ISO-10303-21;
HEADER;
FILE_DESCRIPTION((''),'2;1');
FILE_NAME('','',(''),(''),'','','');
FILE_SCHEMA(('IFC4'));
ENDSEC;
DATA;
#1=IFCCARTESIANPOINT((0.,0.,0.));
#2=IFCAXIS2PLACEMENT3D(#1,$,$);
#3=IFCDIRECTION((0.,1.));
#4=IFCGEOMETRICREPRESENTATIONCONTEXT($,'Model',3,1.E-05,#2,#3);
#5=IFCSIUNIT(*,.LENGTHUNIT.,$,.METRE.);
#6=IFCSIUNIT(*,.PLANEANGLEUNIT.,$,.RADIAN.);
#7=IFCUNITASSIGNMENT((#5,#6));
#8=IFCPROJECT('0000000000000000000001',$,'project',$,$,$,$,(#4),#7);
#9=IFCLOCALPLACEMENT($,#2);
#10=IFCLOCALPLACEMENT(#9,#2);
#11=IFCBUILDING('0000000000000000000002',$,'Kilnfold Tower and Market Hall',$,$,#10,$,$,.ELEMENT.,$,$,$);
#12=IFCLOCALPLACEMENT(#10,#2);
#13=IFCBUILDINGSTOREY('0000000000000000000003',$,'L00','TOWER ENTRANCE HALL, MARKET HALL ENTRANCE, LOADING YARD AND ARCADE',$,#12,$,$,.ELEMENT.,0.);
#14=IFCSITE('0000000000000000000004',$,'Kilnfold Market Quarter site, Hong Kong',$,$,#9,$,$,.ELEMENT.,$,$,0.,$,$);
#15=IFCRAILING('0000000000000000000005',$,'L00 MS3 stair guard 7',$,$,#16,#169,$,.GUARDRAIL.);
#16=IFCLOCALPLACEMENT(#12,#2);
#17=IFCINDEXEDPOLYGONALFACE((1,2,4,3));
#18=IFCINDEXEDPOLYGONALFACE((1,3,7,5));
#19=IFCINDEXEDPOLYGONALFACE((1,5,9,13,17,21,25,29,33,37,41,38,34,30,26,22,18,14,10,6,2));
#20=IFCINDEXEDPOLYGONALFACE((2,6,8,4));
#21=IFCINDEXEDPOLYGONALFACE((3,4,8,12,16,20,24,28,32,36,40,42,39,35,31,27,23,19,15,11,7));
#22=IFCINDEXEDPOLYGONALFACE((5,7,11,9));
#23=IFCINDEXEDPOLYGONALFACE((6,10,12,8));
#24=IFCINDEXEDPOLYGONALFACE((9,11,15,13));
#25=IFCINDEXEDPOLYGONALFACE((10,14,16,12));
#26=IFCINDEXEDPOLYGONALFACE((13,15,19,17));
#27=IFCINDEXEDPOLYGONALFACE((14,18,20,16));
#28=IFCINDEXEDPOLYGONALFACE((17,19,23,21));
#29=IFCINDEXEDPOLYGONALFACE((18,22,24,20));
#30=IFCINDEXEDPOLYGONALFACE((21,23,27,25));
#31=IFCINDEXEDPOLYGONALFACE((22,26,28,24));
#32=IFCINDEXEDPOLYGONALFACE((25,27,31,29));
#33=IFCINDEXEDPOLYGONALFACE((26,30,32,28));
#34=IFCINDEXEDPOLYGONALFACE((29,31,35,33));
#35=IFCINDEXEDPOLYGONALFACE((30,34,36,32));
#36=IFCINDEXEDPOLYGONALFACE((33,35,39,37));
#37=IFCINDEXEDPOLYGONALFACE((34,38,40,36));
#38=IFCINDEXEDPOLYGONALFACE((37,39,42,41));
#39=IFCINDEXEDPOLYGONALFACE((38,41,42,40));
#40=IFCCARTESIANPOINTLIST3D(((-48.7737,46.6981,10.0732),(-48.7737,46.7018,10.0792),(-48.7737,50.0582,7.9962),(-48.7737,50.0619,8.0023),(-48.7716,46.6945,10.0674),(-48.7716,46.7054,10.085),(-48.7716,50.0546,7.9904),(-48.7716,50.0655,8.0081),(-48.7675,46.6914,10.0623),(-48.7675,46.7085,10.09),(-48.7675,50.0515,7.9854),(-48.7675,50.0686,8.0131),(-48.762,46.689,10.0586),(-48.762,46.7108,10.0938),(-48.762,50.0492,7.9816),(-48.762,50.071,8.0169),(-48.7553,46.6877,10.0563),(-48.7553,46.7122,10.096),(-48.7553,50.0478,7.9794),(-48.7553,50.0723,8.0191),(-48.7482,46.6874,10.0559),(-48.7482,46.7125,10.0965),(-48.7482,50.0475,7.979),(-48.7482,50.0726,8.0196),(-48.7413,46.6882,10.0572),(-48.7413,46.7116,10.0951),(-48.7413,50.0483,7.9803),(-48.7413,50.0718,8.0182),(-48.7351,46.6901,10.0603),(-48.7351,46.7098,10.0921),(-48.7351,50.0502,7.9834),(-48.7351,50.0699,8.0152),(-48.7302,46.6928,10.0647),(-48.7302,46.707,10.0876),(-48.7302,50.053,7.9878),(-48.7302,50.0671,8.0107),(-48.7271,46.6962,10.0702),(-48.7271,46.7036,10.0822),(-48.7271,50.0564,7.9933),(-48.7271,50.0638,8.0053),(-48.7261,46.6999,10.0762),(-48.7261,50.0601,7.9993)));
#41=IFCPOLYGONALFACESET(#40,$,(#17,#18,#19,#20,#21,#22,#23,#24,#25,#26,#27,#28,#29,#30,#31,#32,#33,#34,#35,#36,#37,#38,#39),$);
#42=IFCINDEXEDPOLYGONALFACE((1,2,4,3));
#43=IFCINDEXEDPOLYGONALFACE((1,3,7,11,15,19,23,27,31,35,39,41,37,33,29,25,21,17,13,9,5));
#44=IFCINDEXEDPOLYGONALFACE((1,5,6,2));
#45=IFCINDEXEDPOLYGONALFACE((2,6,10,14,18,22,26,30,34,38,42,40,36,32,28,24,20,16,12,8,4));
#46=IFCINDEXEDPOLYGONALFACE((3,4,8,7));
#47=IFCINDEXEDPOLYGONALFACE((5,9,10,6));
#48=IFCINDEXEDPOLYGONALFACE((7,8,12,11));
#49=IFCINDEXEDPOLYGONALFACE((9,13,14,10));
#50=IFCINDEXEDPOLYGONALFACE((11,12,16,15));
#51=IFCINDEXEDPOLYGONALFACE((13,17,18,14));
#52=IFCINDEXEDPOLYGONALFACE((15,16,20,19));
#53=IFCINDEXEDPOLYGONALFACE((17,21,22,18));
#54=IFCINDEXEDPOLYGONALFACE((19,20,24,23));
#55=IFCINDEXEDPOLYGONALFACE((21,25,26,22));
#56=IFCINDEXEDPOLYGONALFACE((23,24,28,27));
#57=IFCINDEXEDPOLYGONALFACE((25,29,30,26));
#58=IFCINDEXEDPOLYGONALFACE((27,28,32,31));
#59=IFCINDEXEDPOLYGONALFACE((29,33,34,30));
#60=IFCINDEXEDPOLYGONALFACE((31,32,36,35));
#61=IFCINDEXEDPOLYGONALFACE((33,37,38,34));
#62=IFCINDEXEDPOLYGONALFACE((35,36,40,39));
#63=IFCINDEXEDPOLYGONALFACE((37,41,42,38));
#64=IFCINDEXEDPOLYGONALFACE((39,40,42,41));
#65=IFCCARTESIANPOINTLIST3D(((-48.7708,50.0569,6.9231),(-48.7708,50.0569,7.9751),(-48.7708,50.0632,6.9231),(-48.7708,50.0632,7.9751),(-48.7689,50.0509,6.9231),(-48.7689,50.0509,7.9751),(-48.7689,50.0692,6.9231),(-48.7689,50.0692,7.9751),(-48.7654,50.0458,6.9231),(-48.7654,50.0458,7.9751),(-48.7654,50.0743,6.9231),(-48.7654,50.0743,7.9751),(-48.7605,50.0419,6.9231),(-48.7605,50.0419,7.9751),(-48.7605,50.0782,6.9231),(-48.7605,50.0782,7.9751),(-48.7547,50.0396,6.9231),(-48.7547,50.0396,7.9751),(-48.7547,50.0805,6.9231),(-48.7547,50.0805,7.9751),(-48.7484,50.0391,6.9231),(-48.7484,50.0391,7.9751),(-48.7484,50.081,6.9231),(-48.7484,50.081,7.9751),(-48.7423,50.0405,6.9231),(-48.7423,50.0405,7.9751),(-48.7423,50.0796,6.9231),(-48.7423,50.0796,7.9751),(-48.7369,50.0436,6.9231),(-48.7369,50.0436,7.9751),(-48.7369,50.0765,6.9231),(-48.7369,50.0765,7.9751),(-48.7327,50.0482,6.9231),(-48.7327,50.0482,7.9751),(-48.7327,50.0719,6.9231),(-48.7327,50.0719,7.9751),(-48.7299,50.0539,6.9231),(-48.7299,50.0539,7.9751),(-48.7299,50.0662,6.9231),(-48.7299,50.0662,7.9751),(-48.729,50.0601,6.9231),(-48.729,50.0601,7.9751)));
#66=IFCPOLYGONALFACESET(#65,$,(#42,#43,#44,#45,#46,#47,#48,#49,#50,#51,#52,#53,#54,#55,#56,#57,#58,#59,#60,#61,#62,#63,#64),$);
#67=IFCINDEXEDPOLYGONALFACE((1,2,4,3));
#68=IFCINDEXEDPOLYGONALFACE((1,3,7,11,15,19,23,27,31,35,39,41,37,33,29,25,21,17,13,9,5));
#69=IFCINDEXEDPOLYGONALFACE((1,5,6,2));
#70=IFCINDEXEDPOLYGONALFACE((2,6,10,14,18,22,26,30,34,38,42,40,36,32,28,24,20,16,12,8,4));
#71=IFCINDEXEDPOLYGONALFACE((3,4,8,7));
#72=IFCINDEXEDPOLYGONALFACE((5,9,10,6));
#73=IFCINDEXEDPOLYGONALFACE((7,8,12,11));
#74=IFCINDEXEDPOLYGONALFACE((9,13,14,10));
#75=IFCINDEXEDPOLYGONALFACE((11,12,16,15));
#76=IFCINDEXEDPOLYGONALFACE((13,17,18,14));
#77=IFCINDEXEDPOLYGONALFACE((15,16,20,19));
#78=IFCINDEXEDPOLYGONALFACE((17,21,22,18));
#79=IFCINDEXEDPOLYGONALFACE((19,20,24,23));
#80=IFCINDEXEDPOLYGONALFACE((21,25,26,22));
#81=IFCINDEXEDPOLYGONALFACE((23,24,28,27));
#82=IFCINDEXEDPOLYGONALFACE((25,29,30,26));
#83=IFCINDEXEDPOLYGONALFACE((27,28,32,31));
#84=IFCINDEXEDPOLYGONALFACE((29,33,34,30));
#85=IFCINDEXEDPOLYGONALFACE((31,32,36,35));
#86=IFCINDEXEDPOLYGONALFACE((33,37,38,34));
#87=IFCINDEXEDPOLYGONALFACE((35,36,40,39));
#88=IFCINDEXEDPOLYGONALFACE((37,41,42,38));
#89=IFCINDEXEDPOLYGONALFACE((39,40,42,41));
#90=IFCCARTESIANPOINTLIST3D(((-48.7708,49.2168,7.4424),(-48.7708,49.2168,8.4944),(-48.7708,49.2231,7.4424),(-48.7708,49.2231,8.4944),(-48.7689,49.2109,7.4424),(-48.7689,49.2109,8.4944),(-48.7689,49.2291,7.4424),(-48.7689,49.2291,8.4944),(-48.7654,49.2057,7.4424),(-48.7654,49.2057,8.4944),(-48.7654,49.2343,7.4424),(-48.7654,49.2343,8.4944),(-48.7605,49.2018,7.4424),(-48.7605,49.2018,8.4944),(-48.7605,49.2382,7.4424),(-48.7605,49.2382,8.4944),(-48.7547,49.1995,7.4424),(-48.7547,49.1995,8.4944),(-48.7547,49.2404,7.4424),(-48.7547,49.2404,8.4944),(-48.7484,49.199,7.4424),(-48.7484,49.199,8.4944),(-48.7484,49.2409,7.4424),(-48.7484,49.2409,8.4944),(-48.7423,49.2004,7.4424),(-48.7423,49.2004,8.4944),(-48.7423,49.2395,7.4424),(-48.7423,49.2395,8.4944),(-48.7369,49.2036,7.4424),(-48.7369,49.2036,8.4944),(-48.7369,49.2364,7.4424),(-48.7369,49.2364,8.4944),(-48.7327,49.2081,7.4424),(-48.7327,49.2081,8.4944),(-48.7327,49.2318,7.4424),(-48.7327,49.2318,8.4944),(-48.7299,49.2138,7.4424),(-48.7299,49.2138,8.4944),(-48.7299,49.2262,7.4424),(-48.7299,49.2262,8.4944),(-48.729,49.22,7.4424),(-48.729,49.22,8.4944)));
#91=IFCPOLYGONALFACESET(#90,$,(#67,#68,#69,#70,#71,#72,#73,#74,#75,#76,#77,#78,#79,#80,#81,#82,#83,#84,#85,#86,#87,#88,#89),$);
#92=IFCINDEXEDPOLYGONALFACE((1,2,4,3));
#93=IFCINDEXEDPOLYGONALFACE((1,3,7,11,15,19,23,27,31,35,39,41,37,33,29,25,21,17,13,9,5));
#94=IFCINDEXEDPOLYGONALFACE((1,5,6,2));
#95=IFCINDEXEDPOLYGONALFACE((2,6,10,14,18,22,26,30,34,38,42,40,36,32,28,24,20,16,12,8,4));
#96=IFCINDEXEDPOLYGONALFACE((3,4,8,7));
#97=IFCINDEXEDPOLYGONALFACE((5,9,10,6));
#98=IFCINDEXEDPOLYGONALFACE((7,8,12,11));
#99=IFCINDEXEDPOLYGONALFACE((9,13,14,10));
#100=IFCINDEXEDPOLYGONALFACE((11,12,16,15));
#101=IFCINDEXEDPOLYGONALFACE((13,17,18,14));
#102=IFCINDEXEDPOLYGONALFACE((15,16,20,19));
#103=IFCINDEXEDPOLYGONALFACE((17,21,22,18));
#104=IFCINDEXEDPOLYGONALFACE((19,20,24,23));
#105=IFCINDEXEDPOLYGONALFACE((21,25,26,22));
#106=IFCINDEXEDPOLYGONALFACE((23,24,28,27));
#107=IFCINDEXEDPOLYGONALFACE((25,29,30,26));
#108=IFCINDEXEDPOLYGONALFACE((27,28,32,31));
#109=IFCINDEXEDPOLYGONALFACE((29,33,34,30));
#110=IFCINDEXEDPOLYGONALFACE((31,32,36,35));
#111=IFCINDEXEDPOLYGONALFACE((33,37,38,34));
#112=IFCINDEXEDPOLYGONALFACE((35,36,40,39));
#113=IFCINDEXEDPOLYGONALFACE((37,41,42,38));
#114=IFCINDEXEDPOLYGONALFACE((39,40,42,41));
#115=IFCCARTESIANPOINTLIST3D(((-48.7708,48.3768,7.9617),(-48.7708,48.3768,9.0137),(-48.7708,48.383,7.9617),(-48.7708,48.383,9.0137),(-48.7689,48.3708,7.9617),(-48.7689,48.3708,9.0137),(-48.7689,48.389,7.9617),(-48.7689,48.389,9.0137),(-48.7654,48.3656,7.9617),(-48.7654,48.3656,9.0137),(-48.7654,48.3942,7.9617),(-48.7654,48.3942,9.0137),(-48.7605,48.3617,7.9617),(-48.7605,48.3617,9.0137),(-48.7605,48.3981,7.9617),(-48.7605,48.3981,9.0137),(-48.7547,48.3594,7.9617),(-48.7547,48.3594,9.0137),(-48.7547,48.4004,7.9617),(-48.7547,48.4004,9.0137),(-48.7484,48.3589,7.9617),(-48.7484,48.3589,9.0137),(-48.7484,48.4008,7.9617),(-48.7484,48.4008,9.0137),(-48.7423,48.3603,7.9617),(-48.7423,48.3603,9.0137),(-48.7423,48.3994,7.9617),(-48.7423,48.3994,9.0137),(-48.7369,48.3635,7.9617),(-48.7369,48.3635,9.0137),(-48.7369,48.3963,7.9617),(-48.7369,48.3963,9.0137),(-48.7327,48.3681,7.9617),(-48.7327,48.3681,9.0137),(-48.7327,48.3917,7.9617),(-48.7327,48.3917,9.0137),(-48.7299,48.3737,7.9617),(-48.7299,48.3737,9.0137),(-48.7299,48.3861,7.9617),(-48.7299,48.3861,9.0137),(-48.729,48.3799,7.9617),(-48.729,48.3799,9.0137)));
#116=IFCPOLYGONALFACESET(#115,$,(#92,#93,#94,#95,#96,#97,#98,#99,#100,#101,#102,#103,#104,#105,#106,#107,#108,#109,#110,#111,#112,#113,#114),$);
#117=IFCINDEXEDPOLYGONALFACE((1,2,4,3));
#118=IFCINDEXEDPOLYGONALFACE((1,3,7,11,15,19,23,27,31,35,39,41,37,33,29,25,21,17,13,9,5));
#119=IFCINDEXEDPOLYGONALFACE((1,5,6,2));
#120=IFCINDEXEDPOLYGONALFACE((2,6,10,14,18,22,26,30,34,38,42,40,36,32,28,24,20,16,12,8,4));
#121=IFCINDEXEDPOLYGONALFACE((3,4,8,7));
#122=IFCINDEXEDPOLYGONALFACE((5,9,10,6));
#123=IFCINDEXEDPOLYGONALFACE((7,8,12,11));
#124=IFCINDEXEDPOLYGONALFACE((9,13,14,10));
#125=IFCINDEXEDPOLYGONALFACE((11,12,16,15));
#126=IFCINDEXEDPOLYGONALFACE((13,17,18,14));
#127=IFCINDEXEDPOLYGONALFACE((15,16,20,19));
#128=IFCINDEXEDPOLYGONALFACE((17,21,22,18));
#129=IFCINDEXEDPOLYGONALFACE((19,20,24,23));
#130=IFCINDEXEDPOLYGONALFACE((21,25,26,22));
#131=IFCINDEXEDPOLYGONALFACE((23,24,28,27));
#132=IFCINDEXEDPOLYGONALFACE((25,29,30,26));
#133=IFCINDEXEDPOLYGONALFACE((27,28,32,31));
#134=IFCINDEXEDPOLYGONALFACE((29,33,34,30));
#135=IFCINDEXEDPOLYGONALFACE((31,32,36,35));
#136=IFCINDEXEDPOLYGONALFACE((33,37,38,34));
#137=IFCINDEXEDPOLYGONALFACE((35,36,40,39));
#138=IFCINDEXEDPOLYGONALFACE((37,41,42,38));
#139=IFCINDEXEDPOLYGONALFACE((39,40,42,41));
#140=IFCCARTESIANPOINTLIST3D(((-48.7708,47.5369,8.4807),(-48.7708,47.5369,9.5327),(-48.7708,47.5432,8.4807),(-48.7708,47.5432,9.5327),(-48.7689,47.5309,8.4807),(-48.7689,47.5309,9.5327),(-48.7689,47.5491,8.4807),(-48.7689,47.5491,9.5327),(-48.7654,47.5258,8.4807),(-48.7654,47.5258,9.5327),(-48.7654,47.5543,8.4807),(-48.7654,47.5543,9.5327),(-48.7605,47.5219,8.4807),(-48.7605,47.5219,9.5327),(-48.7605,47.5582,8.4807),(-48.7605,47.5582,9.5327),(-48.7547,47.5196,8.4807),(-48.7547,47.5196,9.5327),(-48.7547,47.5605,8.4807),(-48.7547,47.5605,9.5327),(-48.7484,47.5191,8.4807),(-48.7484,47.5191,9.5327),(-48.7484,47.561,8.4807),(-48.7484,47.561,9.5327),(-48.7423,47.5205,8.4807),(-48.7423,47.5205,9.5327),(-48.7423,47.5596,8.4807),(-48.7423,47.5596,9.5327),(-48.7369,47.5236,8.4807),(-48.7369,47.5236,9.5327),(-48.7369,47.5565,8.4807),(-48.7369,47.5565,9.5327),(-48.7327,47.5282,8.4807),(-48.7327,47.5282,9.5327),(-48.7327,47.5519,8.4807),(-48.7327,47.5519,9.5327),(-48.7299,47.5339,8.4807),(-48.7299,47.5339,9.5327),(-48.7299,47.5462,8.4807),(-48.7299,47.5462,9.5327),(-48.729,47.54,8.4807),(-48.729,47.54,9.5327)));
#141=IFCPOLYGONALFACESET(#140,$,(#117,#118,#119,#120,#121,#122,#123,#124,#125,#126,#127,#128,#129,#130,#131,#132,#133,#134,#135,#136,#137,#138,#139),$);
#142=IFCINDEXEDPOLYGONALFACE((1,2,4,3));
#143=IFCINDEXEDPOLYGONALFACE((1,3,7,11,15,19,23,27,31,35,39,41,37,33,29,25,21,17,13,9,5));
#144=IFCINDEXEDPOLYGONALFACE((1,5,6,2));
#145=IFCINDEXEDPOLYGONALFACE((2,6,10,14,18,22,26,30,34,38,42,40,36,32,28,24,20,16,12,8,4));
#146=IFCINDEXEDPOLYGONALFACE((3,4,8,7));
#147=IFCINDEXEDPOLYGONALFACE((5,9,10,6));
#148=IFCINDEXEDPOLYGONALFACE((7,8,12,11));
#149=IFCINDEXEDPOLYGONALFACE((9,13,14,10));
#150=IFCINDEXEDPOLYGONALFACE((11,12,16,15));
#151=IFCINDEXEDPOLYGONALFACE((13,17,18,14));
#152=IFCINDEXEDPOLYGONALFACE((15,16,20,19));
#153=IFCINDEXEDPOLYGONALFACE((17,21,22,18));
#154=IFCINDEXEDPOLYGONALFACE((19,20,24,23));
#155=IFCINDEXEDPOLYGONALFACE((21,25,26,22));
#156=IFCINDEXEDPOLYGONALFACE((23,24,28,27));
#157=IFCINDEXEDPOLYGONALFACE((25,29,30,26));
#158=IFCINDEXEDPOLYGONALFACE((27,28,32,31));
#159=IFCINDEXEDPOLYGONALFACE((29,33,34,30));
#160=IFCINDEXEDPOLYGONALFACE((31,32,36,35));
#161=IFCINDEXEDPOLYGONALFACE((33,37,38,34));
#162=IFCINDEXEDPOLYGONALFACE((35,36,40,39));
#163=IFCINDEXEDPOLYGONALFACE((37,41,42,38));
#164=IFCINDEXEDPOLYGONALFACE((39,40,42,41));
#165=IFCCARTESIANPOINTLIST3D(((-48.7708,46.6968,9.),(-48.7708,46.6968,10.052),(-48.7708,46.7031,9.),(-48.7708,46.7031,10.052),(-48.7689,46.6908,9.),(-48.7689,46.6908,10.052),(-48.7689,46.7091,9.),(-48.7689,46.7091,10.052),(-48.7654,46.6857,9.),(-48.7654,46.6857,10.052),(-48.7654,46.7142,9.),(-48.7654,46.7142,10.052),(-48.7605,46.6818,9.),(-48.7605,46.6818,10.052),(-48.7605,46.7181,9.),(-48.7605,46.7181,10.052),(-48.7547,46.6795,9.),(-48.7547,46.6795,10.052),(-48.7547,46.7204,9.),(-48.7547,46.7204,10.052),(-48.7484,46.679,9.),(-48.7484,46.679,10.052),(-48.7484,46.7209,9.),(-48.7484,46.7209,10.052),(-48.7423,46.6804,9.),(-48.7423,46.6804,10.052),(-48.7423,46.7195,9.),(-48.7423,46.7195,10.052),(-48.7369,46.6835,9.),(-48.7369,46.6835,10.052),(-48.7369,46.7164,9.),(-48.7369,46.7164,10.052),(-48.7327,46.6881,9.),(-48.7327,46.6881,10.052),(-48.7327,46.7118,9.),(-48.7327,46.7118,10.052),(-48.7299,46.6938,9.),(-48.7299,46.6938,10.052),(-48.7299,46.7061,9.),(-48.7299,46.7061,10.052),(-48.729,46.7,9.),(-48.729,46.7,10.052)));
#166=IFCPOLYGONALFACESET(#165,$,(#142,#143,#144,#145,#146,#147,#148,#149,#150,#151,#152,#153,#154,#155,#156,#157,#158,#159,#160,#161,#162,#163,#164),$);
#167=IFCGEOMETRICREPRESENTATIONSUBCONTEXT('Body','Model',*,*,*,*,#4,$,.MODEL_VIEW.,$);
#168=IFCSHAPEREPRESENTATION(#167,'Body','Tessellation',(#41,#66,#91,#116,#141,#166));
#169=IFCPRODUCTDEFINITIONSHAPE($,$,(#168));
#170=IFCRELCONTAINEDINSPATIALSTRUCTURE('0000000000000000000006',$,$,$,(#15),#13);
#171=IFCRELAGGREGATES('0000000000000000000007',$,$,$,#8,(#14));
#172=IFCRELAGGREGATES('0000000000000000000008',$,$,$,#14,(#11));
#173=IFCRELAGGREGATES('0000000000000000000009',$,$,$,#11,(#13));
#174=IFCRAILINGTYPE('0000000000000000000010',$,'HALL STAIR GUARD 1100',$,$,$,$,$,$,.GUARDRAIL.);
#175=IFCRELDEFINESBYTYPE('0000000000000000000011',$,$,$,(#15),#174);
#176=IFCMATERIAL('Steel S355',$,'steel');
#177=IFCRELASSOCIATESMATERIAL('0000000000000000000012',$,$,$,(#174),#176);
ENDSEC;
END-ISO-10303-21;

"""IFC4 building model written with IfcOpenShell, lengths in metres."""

from ifc_helpers import new_model, si_unit, direction, frame, origin, origin_2d, place, context, subcontext, project, spatial, circle, extrude, material, type_object, element, save


model = new_model("IFC4")

# Units and contexts
model_context = context("Model", 3, precision=1e-05, world=origin(), true_north=direction((0.0, 1.0)))
body_context = subcontext(model_context, "Body", "Model", "MODEL_VIEW")
ifc_project = project(units=[si_unit("LENGTHUNIT", "METRE"), si_unit("PLANEANGLEUNIT", "RADIAN")], contexts=[model_context])

# Site, building, storey
site_placement = place(None, origin())
site = spatial("IfcSite", under=ifc_project, at=site_placement, Name="Kilnfold Market Quarter site, Hong Kong", CompositionType="ELEMENT", RefElevation=0.0)
building_placement = place(site_placement, origin())
building = spatial("IfcBuilding", under=site, at=building_placement, Name="Kilnfold Tower and Market Hall", CompositionType="ELEMENT")
storey_placement = place(building_placement, origin())
storey = spatial("IfcBuildingStorey", under=building, at=storey_placement, Name="L00", Description="TOWER ENTRANCE HALL, MARKET HALL ENTRANCE, LOADING YARD AND ARCADE", CompositionType="ELEMENT", Elevation=0.0)

# Railing
ifc_material_1 = material(Name="Steel S355", Category="steel")
railing_type_1 = type_object("IfcRailingType", Name="HALL STAIR GUARD 1100", PredefinedType="GUARDRAIL", material=ifc_material_1)
railing_1_placement = place(storey_placement, frame((-48.75, 50.0601, 6.9231)))
element("IfcRailing", 1, at=railing_1_placement, inside=storey, type_object=railing_type_1, Name="L00 MS3 stair guard 7", PredefinedType="GUARDRAIL", context=body_context, shape_type="SweptSolid", body=[
    extrude(circle(Radius=0.0239, at=origin_2d()), frame((0.0, 0.0, 1.0762), z_axis=(0.0, -0.850623, 0.525776), x_axis=(1.0, 0.0, 0.0)), (0.0, 0.0, 1.0), 3.9502),
    extrude(circle(Radius=0.021, at=origin_2d()), origin(), (0.0, 0.0, 1.0), 1.052),
    extrude(circle(Radius=0.021, at=origin_2d()), frame((0.0, -0.8401, 0.5193)), (0.0, 0.0, 1.0), 1.052),
    extrude(circle(Radius=0.021, at=origin_2d()), frame((0.0, -1.6802, 1.0386)), (0.0, 0.0, 1.0), 1.052),
    extrude(circle(Radius=0.021, at=origin_2d()), frame((0.0, -2.52, 1.5576)), (0.0, 0.0, 1.0), 1.052),
    extrude(circle(Radius=0.021, at=origin_2d()), frame((0.0, -3.3601, 2.0769)), (0.0, 0.0, 1.0), 1.052),
])

save(model, "model.ifc")
